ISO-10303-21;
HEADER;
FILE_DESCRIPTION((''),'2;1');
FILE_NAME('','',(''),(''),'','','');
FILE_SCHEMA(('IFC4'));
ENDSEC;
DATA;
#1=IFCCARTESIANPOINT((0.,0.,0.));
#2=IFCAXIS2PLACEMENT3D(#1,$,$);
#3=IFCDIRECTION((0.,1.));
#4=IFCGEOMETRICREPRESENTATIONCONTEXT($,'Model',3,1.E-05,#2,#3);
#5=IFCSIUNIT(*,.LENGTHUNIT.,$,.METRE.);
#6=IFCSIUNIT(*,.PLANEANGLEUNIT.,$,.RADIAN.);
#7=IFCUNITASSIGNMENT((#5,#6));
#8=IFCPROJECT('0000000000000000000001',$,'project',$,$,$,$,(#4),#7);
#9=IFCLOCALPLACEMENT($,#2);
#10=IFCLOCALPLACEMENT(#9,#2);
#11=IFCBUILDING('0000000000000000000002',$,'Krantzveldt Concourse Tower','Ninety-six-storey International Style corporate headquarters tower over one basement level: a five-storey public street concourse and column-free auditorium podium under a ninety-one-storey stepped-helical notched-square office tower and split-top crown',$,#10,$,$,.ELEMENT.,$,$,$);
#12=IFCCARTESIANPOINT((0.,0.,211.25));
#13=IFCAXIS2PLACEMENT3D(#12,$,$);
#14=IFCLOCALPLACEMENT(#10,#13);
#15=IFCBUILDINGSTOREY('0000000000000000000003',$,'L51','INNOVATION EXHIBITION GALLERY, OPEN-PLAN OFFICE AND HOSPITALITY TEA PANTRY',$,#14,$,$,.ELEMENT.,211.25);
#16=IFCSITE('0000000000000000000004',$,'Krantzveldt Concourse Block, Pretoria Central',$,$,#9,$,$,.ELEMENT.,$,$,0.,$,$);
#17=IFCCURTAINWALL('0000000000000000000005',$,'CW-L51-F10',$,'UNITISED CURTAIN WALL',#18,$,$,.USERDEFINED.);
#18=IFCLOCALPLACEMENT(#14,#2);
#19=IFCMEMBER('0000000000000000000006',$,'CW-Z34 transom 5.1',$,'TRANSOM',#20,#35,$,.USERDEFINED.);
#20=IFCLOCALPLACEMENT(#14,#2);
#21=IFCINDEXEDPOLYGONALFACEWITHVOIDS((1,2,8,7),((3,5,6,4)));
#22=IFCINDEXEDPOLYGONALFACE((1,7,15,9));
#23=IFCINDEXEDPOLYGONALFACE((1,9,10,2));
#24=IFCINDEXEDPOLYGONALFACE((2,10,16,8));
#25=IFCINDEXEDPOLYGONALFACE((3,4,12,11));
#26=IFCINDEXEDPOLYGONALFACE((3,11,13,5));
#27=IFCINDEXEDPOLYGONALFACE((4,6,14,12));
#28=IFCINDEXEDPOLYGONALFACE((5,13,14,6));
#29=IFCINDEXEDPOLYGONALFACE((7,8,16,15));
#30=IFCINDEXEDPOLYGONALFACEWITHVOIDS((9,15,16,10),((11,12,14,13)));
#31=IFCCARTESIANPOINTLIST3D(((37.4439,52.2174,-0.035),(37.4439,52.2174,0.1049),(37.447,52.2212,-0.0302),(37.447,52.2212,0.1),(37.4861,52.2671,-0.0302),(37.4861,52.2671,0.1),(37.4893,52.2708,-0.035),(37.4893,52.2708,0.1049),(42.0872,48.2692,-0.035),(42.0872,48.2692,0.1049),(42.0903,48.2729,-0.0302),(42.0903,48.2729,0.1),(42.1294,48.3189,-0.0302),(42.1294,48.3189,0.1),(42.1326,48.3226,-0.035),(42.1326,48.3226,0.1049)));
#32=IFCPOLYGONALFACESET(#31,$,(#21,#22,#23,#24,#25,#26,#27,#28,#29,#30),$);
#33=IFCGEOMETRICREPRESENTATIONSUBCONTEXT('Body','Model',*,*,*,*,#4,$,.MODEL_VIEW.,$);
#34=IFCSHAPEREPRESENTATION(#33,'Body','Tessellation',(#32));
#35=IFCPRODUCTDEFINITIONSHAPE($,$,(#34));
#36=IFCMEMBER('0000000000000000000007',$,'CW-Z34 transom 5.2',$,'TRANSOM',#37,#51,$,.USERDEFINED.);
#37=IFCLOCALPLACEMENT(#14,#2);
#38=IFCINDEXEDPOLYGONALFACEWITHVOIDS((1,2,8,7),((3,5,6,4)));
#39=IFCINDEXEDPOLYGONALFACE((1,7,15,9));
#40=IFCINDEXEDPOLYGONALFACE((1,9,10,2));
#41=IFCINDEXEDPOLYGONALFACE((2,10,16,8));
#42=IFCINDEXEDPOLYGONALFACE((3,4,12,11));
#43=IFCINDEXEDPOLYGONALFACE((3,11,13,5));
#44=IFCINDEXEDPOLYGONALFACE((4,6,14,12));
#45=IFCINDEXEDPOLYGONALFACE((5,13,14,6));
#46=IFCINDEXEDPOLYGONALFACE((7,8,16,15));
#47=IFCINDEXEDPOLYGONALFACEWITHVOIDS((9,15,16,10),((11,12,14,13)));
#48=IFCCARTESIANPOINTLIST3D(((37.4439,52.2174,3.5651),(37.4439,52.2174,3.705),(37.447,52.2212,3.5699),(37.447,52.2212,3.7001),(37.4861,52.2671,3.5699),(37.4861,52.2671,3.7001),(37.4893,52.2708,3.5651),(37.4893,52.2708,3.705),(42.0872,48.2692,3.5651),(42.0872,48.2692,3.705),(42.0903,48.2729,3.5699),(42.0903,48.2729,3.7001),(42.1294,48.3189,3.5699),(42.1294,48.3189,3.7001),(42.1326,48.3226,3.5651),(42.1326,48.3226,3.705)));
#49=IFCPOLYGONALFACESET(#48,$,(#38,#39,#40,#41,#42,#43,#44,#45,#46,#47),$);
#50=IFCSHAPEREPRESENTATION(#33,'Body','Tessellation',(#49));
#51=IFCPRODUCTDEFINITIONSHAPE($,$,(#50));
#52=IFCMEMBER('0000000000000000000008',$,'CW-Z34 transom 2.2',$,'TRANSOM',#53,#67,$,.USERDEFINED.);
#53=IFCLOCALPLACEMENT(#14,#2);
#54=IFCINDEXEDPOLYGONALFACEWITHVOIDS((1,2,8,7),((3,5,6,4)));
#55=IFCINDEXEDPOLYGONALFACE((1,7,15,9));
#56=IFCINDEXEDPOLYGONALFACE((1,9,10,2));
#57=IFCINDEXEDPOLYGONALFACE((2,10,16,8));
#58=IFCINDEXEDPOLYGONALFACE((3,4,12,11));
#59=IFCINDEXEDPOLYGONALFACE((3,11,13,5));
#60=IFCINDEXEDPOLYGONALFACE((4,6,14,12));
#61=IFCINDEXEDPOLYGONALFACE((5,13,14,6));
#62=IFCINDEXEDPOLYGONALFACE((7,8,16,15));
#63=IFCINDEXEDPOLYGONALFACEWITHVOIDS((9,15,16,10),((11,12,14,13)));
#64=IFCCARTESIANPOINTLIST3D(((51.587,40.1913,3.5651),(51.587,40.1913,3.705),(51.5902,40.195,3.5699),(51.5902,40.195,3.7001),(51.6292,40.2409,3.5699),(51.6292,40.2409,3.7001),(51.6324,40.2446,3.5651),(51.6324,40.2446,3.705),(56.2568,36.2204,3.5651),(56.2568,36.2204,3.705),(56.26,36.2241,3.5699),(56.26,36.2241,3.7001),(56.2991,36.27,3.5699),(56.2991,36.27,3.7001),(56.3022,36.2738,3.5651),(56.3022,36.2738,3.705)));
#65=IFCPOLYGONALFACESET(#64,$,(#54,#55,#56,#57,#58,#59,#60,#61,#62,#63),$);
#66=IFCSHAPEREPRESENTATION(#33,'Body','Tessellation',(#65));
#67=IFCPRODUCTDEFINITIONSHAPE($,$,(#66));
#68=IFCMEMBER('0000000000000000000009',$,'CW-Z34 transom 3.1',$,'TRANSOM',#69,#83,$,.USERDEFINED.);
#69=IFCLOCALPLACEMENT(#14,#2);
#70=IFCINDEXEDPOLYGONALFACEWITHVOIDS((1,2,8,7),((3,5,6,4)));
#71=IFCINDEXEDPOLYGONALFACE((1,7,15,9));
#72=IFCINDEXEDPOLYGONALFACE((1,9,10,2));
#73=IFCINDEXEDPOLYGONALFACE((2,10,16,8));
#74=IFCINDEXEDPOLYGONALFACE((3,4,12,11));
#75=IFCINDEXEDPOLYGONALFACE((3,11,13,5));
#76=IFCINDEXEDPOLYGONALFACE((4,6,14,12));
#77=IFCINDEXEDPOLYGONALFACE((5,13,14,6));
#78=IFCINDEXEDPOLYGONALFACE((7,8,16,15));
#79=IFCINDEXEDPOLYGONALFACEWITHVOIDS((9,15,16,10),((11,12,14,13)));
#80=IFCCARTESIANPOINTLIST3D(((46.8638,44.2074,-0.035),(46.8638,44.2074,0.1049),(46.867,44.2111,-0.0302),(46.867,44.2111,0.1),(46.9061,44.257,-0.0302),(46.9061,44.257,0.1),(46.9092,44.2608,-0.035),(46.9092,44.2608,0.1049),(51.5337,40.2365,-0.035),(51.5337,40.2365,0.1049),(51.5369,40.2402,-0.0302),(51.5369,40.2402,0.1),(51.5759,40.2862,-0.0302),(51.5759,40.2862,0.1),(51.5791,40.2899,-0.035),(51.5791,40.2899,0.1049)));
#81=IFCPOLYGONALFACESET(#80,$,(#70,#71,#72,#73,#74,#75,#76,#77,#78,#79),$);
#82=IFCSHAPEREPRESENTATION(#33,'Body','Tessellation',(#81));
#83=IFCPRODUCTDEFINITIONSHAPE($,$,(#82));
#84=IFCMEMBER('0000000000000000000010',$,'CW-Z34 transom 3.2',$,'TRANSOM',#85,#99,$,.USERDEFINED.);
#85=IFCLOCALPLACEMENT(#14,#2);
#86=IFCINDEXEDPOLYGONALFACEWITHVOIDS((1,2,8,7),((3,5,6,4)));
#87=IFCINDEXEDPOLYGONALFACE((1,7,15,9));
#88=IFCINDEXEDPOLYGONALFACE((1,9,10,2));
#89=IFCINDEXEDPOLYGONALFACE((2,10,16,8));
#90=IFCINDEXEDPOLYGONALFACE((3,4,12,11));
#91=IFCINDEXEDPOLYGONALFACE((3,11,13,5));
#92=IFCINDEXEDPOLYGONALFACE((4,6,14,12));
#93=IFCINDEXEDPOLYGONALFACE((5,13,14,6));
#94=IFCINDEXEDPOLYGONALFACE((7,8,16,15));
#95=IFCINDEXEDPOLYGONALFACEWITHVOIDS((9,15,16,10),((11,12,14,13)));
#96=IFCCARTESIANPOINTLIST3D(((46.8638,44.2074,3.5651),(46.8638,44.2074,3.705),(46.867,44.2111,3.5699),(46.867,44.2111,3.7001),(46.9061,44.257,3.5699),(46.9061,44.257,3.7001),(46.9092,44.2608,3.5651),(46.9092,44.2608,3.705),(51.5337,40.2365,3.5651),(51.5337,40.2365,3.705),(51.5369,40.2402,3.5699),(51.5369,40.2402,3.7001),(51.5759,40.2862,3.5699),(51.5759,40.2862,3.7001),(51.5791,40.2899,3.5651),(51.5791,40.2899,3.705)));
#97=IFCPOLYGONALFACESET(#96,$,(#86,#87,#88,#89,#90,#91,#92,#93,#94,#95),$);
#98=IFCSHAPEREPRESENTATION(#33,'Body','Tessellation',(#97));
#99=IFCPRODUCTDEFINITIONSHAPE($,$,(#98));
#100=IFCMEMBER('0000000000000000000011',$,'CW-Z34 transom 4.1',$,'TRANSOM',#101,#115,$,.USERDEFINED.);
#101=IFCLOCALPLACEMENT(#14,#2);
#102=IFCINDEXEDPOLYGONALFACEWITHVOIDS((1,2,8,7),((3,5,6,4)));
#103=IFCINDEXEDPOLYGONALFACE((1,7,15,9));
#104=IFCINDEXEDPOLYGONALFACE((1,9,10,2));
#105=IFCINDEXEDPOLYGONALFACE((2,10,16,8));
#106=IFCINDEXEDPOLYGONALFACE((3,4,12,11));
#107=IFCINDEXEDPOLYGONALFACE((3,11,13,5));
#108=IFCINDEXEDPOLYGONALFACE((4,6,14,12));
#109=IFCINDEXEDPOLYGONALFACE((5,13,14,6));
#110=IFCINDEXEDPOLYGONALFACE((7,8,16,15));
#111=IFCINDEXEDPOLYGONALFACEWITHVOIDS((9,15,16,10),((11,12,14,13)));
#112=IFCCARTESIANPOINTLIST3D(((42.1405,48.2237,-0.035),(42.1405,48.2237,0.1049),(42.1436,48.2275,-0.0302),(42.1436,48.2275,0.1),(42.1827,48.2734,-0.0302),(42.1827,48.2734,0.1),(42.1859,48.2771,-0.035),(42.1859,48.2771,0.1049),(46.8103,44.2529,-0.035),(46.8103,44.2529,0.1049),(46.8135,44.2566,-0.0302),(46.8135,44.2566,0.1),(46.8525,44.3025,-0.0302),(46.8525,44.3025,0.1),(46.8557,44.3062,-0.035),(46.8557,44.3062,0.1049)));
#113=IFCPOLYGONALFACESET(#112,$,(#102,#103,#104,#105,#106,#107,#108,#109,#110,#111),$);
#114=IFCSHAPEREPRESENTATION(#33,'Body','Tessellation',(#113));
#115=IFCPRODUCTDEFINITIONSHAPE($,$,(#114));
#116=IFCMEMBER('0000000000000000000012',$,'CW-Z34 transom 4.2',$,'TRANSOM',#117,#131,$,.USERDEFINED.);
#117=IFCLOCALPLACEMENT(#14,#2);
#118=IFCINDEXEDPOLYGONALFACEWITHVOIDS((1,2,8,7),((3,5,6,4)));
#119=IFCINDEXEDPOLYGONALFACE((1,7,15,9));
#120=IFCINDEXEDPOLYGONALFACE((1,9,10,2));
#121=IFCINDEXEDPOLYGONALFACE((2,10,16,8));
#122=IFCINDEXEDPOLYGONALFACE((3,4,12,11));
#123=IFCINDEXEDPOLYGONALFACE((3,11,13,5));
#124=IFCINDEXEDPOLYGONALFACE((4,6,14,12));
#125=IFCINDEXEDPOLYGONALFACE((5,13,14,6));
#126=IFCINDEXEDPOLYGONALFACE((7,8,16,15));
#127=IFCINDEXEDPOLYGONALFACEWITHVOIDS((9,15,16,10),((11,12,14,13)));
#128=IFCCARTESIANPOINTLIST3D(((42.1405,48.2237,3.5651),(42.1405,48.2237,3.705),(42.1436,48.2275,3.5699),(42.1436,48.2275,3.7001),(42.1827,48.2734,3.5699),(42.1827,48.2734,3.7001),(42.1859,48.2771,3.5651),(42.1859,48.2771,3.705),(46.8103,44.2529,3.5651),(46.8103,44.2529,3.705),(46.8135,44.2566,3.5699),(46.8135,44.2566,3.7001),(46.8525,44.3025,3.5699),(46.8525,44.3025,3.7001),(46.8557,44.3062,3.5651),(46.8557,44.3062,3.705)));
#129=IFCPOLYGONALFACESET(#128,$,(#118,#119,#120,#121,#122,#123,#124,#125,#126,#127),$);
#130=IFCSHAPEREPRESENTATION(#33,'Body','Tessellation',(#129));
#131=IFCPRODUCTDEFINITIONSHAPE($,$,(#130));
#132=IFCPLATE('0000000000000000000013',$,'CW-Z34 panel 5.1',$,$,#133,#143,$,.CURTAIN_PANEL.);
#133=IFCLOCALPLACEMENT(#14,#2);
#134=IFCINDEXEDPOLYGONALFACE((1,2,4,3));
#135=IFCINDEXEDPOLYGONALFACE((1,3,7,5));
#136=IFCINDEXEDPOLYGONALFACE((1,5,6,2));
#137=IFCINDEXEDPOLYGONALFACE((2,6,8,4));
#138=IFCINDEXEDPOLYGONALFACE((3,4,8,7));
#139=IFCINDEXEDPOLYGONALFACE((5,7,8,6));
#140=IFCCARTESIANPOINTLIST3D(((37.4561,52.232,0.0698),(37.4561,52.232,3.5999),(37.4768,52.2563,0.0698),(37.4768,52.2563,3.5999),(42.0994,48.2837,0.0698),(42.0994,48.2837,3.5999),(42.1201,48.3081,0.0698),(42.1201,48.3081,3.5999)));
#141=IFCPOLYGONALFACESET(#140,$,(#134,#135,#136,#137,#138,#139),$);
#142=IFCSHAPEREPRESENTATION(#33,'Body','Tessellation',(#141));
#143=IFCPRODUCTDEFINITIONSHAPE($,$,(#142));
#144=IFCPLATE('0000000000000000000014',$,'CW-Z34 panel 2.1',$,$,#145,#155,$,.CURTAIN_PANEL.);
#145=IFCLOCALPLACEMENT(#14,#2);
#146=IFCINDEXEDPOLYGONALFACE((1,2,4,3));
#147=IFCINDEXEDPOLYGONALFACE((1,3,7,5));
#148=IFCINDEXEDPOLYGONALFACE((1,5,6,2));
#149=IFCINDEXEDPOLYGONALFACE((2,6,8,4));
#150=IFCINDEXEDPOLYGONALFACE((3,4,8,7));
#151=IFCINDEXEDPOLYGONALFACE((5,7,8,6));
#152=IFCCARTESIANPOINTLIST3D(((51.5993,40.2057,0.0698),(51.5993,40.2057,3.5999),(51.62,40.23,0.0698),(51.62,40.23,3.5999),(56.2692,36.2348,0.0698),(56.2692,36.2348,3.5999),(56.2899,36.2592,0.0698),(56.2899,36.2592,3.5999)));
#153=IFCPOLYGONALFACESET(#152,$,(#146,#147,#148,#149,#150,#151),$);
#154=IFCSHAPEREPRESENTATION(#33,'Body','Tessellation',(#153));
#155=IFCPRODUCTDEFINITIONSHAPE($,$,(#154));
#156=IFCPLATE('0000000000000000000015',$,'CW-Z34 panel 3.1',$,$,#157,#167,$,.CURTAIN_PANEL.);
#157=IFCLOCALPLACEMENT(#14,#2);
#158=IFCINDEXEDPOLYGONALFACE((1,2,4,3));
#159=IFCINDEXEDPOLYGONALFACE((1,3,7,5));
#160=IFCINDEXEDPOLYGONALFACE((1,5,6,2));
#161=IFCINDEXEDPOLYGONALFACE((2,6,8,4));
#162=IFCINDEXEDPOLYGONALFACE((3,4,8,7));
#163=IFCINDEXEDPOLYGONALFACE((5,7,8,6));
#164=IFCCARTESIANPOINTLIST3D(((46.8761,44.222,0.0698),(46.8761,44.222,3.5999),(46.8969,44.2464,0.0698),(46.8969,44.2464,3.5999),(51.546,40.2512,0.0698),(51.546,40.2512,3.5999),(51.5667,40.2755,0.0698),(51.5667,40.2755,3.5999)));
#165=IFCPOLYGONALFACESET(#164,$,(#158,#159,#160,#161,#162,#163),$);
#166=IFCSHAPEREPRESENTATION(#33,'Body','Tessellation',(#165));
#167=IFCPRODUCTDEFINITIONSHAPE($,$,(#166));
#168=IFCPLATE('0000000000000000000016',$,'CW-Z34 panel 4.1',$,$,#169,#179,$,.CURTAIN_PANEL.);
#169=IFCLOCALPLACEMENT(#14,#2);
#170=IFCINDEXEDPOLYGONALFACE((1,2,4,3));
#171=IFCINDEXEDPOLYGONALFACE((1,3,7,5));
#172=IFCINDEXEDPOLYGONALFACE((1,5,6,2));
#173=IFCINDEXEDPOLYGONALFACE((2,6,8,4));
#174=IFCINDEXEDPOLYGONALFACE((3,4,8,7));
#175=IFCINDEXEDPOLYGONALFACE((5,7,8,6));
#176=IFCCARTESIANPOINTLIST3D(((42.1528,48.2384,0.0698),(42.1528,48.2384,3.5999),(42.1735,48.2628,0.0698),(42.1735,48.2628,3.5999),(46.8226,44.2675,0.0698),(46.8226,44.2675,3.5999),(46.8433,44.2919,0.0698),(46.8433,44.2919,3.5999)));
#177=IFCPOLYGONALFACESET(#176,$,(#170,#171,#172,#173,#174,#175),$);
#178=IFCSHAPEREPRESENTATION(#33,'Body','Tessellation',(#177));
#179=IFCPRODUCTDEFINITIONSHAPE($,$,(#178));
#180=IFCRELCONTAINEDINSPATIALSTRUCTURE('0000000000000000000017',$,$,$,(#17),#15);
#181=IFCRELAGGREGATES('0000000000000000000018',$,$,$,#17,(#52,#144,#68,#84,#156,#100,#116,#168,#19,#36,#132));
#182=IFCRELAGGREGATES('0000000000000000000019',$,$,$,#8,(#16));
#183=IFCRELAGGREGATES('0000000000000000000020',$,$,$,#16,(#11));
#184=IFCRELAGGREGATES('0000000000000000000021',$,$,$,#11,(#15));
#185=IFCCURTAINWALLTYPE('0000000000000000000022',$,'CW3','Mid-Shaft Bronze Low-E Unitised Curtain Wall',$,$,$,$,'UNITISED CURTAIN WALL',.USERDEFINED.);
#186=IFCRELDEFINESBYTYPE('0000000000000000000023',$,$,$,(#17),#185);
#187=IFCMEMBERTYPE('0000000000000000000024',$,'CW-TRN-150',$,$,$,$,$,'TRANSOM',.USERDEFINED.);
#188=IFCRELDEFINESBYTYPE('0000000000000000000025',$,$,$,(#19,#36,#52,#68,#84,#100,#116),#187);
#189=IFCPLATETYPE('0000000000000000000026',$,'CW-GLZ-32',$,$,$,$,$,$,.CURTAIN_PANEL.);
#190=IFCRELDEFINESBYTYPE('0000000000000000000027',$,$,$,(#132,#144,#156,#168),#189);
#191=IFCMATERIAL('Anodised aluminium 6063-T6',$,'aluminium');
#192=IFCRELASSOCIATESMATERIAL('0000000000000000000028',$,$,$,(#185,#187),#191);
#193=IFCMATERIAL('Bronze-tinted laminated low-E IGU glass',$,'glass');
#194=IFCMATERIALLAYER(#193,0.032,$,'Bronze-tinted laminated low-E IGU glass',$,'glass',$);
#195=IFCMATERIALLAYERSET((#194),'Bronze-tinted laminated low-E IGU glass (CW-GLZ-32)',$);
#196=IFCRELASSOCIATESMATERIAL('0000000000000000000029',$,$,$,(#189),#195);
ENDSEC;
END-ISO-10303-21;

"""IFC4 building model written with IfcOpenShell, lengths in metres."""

from ifc_helpers import new_model, si_unit, direction, frame, origin, origin_2d, place, context, subcontext, project, spatial, rectangle, hollow_rectangle, extrude, source, transform, mapped, material, layer, layer_set, material_profile, profile_set, type_object, type_shapes, element, aggregate, save


model = new_model("IFC4")

# Units and contexts
model_context = context("Model", 3, precision=1e-05, world=origin(), true_north=direction((0.0, 1.0)))
body_context = subcontext(model_context, "Body", "Model", "MODEL_VIEW")
ifc_project = project(units=[si_unit("LENGTHUNIT", "METRE"), si_unit("PLANEANGLEUNIT", "RADIAN")], contexts=[model_context])

# Site, building, storey
site_placement = place(None, origin())
site = spatial("IfcSite", under=ifc_project, at=site_placement, Name="Krantzveldt Concourse Block, Pretoria Central", CompositionType="ELEMENT", RefElevation=0.0)
building_placement = place(site_placement, origin())
building = spatial("IfcBuilding", under=site, at=building_placement, Name="Krantzveldt Concourse Tower", Description="Ninety-six-storey International Style corporate headquarters tower over one basement level: a five-storey public street concourse and column-free auditorium podium under a ninety-one-storey stepped-helical notched-square office tower and split-top crown", CompositionType="ELEMENT")
storey_placement = place(building_placement, frame((0.0, 0.0, 211.25)))
storey = spatial("IfcBuildingStorey", under=building, at=storey_placement, Name="L51", Description="INNOVATION EXHIBITION GALLERY, OPEN-PLAN OFFICE AND HOSPITALITY TEA PANTRY", CompositionType="ELEMENT", Elevation=211.25)

# Curtain wall, members, plates
ifc_material_1 = material(Name="Anodised aluminium 6063-T6", Category="aluminium")
curtain_wall_type = type_object("IfcCurtainWallType", Name="CW3", Description="Mid-Shaft Bronze Low-E Unitised Curtain Wall", ElementType="UNITISED CURTAIN WALL", PredefinedType="USERDEFINED", material=ifc_material_1)
curtain_wall_placement = place(storey_placement, origin())
curtain_wall = element("IfcCurtainWall", 1, at=curtain_wall_placement, inside=storey, type_object=curtain_wall_type, Name="CW-L51-F10", ObjectType="UNITISED CURTAIN WALL", PredefinedType="USERDEFINED")
ifc_material_profile_1 = material_profile(ifc_material_1, hollow_rectangle(XDim=0.0701, YDim=0.1399, WallThickness=0.0049, at=origin_2d()), Name="Anodised aluminium 6063-T6", Category="aluminium")
ifc_profile_set_1 = profile_set([ifc_material_profile_1], Name="Anodised aluminium 6063-T6 - ALU-TRAN 140x70x5")
member_type_1 = type_object("IfcMemberType", Name="CW-TRN-150", ElementType="TRANSOM", PredefinedType="USERDEFINED", material=ifc_profile_set_1)
shared_shape_1 = source(origin(), body_context, "Body", "SweptSolid", [
    extrude(hollow_rectangle(XDim=0.0701, YDim=0.1399, WallThickness=0.0049, at=origin_2d()), origin(), (0.0, 0.0, 1.0), 6.095),
])
member_1_placement = place(storey_placement, frame((42.1099, 48.2959, 0.0349), z_axis=(-0.761824, 0.647784, 0.0), x_axis=(-0.647784, -0.761824, 0.0)))
member_1 = element("IfcMember", 2, at=member_1_placement, type_object=member_type_1, Name="CW-Z34 transom 5.1", ObjectType="TRANSOM", PredefinedType="USERDEFINED", context=body_context, shape_type="MappedRepresentation", body=[
    mapped(shared_shape_1, transform((0.0, 0.0, 0.0), x_axis=(1.0, 0.0, 0.0), y_axis=(0.0, 1.0, 0.0), z_axis=(0.0, 0.0, 1.0), scale=1.0)),
])
member_2_placement = place(storey_placement, frame((42.1099, 48.2959, 3.635), z_axis=(-0.761824, 0.647784, 0.0), x_axis=(-0.647784, -0.761824, 0.0)))
member_2 = element("IfcMember", 3, at=member_2_placement, type_object=member_type_1, Name="CW-Z34 transom 5.2", ObjectType="TRANSOM", PredefinedType="USERDEFINED", context=body_context, shape_type="MappedRepresentation", body=[
    mapped(shared_shape_1, transform((0.0, 0.0, 0.0), x_axis=(1.0, 0.0, 0.0), y_axis=(0.0, 1.0, 0.0), z_axis=(0.0, 0.0, 1.0), scale=1.0)),
])
shared_shape_2 = source(origin(), body_context, "Body", "SweptSolid", [
    extrude(hollow_rectangle(XDim=0.0701, YDim=0.1399, WallThickness=0.0049, at=origin_2d()), origin(), (0.0, 0.0, 1.0), 6.1299),
])
type_shapes(member_type_1, [shared_shape_1, shared_shape_2])
member_3_placement = place(storey_placement, frame((56.2795, 36.2471, 3.635), z_axis=(-0.761817, 0.647792, 0.0), x_axis=(-0.647792, -0.761817, 0.0)))
member_3 = element("IfcMember", 4, at=member_3_placement, type_object=member_type_1, Name="CW-Z34 transom 2.2", ObjectType="TRANSOM", PredefinedType="USERDEFINED", context=body_context, shape_type="MappedRepresentation", body=[
    mapped(shared_shape_2, transform((0.0, 0.0, 0.0), x_axis=(1.0, 0.0, 0.0), y_axis=(0.0, 1.0, 0.0), z_axis=(0.0, 0.0, 1.0), scale=1.0)),
])
member_4_placement = place(storey_placement, frame((51.5564, 40.2632, 0.0349), z_axis=(-0.761817, 0.647792, 0.0), x_axis=(-0.647792, -0.761817, 0.0)))
member_4 = element("IfcMember", 5, at=member_4_placement, type_object=member_type_1, Name="CW-Z34 transom 3.1", ObjectType="TRANSOM", PredefinedType="USERDEFINED", context=body_context, shape_type="MappedRepresentation", body=[
    mapped(shared_shape_2, transform((0.0, 0.0, 0.0), x_axis=(1.0, 0.0, 0.0), y_axis=(0.0, 1.0, 0.0), z_axis=(0.0, 0.0, 1.0), scale=1.0)),
])
member_5_placement = place(storey_placement, frame((51.5564, 40.2632, 3.635), z_axis=(-0.761817, 0.647792, 0.0), x_axis=(-0.647792, -0.761817, 0.0)))
member_5 = element("IfcMember", 6, at=member_5_placement, type_object=member_type_1, Name="CW-Z34 transom 3.2", ObjectType="TRANSOM", PredefinedType="USERDEFINED", context=body_context, shape_type="MappedRepresentation", body=[
    mapped(shared_shape_2, transform((0.0, 0.0, 0.0), x_axis=(1.0, 0.0, 0.0), y_axis=(0.0, 1.0, 0.0), z_axis=(0.0, 0.0, 1.0), scale=1.0)),
])
member_6_placement = place(storey_placement, frame((46.833, 44.2795, 0.0349), z_axis=(-0.761817, 0.647792, 0.0), x_axis=(-0.647792, -0.761817, 0.0)))
member_6 = element("IfcMember", 7, at=member_6_placement, type_object=member_type_1, Name="CW-Z34 transom 4.1", ObjectType="TRANSOM", PredefinedType="USERDEFINED", context=body_context, shape_type="MappedRepresentation", body=[
    mapped(shared_shape_2, transform((0.0, 0.0, 0.0), x_axis=(1.0, 0.0, 0.0), y_axis=(0.0, 1.0, 0.0), z_axis=(0.0, 0.0, 1.0), scale=1.0)),
])
member_7_placement = place(storey_placement, frame((46.833, 44.2795, 3.635), z_axis=(-0.761817, 0.647792, 0.0), x_axis=(-0.647792, -0.761817, 0.0)))
member_7 = element("IfcMember", 8, at=member_7_placement, type_object=member_type_1, Name="CW-Z34 transom 4.2", ObjectType="TRANSOM", PredefinedType="USERDEFINED", context=body_context, shape_type="MappedRepresentation", body=[
    mapped(shared_shape_2, transform((0.0, 0.0, 0.0), x_axis=(1.0, 0.0, 0.0), y_axis=(0.0, 1.0, 0.0), z_axis=(0.0, 0.0, 1.0), scale=1.0)),
])
ifc_material_2 = material(Name="Bronze-tinted laminated low-E IGU glass", Category="glass")
ifc_layer_1 = layer(ifc_material_2, 0.032, Name="Bronze-tinted laminated low-E IGU glass", Category="glass")
ifc_layer_set_1 = layer_set([ifc_layer_1], Name="Bronze-tinted laminated low-E IGU glass (CW-GLZ-32)")
plate_type = type_object("IfcPlateType", Name="CW-GLZ-32", PredefinedType="CURTAIN_PANEL", material=ifc_layer_set_1)
shared_shape_3 = source(origin(), body_context, "Body", "SweptSolid", [
    extrude(rectangle(XDim=6.095, YDim=0.032, at=origin_2d()), origin(), (0.0, 0.0, 1.0), 3.53),
])
plate_1_placement = place(storey_placement, frame((39.7881, 50.27, 0.0698), z_axis=(0.0, 0.0, 1.0), x_axis=(-0.761821, 0.647788, 0.0)))
plate_1 = element("IfcPlate", 9, at=plate_1_placement, type_object=plate_type, Name="CW-Z34 panel 5.1", PredefinedType="CURTAIN_PANEL", context=body_context, shape_type="MappedRepresentation", body=[
    mapped(shared_shape_3, transform((0.0, 0.0, 0.0), x_axis=(1.0, 0.0, 0.0), y_axis=(0.0, 1.0, 0.0), z_axis=(0.0, 0.0, 1.0), scale=1.0)),
])
shared_shape_4 = source(origin(), body_context, "Body", "SweptSolid", [
    extrude(rectangle(XDim=6.1299, YDim=0.032, at=origin_2d()), origin(), (0.0, 0.0, 1.0), 3.53),
])
type_shapes(plate_type, [shared_shape_3, shared_shape_4])
plate_2_placement = place(storey_placement, frame((53.9446, 38.2324, 0.0698), z_axis=(0.0, 0.0, 1.0), x_axis=(-0.761821, 0.647788, 0.0)))
plate_2 = element("IfcPlate", 10, at=plate_2_placement, type_object=plate_type, Name="CW-Z34 panel 2.1", PredefinedType="CURTAIN_PANEL", context=body_context, shape_type="MappedRepresentation", body=[
    mapped(shared_shape_4, transform((0.0, 0.0, 0.0), x_axis=(1.0, 0.0, 0.0), y_axis=(0.0, 1.0, 0.0), z_axis=(0.0, 0.0, 1.0), scale=1.0)),
])
plate_3_placement = place(storey_placement, frame((49.2214, 42.2488, 0.0698), z_axis=(0.0, 0.0, 1.0), x_axis=(-0.761821, 0.647788, 0.0)))
plate_3 = element("IfcPlate", 11, at=plate_3_placement, type_object=plate_type, Name="CW-Z34 panel 3.1", PredefinedType="CURTAIN_PANEL", context=body_context, shape_type="MappedRepresentation", body=[
    mapped(shared_shape_4, transform((0.0, 0.0, 0.0), x_axis=(1.0, 0.0, 0.0), y_axis=(0.0, 1.0, 0.0), z_axis=(0.0, 0.0, 1.0), scale=1.0)),
])
plate_4_placement = place(storey_placement, frame((44.498, 46.2651, 0.0698), z_axis=(0.0, 0.0, 1.0), x_axis=(-0.761821, 0.647788, 0.0)))
plate_4 = element("IfcPlate", 12, at=plate_4_placement, type_object=plate_type, Name="CW-Z34 panel 4.1", PredefinedType="CURTAIN_PANEL", context=body_context, shape_type="MappedRepresentation", body=[
    mapped(shared_shape_4, transform((0.0, 0.0, 0.0), x_axis=(1.0, 0.0, 0.0), y_axis=(0.0, 1.0, 0.0), z_axis=(0.0, 0.0, 1.0), scale=1.0)),
])
aggregate(curtain_wall, [member_3, plate_2, member_4, member_5, plate_3, member_6, member_7, plate_4, member_1, member_2, plate_1])

save(model, "model.ifc")
